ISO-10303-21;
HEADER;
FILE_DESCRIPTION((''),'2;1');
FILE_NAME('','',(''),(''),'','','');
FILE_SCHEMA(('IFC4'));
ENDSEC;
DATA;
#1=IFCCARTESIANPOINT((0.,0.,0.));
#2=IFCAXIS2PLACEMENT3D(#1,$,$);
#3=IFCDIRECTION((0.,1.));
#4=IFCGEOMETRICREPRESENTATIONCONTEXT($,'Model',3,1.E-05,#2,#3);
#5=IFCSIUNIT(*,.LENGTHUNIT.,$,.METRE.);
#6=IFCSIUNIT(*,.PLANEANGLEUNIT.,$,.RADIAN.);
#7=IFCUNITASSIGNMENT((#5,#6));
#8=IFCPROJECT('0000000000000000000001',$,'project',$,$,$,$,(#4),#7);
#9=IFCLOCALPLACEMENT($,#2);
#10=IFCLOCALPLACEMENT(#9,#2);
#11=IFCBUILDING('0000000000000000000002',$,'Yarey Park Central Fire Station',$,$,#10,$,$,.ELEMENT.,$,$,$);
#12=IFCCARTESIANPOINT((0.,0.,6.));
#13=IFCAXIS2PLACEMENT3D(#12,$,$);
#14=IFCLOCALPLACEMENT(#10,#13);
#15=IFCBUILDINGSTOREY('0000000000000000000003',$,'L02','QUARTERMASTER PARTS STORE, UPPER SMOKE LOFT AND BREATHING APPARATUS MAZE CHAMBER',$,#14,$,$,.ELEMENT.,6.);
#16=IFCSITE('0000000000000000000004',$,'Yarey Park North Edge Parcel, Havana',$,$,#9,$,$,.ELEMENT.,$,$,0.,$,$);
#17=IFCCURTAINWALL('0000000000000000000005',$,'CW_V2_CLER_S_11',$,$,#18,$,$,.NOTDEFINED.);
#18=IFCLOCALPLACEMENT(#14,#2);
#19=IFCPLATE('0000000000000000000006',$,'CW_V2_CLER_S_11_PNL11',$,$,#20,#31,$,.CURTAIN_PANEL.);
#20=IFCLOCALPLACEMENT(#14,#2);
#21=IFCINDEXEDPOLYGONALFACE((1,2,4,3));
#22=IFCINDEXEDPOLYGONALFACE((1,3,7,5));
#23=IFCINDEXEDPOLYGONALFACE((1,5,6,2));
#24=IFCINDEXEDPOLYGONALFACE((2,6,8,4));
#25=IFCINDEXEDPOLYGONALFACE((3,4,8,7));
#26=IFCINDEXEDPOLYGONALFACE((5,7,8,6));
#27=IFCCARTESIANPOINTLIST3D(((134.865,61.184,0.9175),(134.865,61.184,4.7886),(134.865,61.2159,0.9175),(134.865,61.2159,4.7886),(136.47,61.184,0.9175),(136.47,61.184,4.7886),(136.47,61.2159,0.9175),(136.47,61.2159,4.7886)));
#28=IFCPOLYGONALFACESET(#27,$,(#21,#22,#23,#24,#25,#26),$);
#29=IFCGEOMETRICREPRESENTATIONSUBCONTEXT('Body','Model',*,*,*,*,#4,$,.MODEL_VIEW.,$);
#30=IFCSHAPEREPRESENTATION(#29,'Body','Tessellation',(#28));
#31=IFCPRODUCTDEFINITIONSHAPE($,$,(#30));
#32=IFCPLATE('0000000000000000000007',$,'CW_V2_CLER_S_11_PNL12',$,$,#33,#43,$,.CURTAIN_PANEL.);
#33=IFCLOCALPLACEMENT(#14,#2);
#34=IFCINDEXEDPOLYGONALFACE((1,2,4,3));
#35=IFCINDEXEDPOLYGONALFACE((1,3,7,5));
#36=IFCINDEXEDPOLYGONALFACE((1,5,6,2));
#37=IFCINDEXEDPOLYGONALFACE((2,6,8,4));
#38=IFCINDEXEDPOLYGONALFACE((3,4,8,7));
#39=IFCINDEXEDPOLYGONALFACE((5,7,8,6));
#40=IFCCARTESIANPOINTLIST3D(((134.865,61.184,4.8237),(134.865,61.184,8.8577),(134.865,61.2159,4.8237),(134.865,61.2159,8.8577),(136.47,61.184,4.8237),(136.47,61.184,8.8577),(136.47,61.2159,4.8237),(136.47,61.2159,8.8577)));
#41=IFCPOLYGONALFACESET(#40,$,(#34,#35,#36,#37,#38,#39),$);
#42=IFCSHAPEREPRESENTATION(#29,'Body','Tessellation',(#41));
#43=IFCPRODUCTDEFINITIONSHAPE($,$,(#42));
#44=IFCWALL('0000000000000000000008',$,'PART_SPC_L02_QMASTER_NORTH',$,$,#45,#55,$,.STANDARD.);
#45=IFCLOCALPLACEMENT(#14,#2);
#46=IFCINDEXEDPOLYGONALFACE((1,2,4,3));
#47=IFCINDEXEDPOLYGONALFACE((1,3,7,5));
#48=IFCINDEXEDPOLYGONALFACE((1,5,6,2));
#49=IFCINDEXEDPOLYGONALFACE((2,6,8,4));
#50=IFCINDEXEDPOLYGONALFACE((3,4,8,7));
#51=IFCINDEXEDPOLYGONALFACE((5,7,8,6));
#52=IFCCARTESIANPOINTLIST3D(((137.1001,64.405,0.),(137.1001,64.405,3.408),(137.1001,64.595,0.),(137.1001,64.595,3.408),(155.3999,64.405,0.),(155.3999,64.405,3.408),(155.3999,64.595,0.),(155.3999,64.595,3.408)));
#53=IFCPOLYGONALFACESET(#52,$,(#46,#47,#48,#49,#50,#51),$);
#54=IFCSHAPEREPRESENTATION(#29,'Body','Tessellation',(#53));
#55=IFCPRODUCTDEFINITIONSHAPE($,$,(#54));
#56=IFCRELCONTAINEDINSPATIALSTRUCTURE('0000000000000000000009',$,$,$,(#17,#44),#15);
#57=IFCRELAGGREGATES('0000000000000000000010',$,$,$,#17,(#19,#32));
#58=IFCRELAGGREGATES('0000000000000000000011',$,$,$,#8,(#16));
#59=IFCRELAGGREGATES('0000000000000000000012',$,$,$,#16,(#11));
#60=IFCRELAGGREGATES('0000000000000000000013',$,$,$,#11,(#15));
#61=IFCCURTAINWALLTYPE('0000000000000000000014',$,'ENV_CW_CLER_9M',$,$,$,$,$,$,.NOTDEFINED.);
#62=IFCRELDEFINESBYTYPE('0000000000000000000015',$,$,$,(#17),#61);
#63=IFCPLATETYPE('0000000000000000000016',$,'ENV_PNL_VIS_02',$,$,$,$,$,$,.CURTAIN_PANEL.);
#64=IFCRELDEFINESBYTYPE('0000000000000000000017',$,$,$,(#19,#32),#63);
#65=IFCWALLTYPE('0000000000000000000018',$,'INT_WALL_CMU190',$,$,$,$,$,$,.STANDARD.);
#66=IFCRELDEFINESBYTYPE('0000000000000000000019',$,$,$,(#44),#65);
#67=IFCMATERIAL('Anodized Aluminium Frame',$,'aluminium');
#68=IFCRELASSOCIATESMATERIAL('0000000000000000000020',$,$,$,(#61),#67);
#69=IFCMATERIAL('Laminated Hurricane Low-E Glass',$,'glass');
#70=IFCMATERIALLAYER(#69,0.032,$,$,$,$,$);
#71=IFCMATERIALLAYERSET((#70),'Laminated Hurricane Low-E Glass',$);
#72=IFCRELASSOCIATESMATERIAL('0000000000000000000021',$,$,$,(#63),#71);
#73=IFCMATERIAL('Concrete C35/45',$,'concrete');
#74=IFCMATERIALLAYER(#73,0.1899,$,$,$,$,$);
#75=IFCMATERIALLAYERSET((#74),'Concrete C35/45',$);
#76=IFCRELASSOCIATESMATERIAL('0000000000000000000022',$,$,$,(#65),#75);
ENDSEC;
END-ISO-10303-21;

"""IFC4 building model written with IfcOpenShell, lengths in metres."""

from ifc_helpers import new_model, si_unit, direction, frame, frame_2d, origin, origin_2d, place, context, subcontext, project, spatial, rectangle, extrude, material, layer, layer_set, type_object, element, aggregate, save


model = new_model("IFC4")

# Units and contexts
model_context = context("Model", 3, precision=1e-05, world=origin(), true_north=direction((0.0, 1.0)))
body_context = subcontext(model_context, "Body", "Model", "MODEL_VIEW")
ifc_project = project(units=[si_unit("LENGTHUNIT", "METRE"), si_unit("PLANEANGLEUNIT", "RADIAN")], contexts=[model_context])

# Site, building, storey
site_placement = place(None, origin())
site = spatial("IfcSite", under=ifc_project, at=site_placement, Name="Yarey Park North Edge Parcel, Havana", CompositionType="ELEMENT", RefElevation=0.0)
building_placement = place(site_placement, origin())
building = spatial("IfcBuilding", under=site, at=building_placement, Name="Yarey Park Central Fire Station", CompositionType="ELEMENT")
storey_placement = place(building_placement, frame((0.0, 0.0, 6.0)))
storey = spatial("IfcBuildingStorey", under=building, at=storey_placement, Name="L02", Description="QUARTERMASTER PARTS STORE, UPPER SMOKE LOFT AND BREATHING APPARATUS MAZE CHAMBER", CompositionType="ELEMENT", Elevation=6.0)

# Curtain wall
ifc_material_1 = material(Name="Anodized Aluminium Frame", Category="aluminium")
curtain_wall_type = type_object("IfcCurtainWallType", Name="ENV_CW_CLER_9M", PredefinedType="NOTDEFINED", material=ifc_material_1)
curtain_wall_placement = place(storey_placement, origin())
curtain_wall = element("IfcCurtainWall", 1, at=curtain_wall_placement, inside=storey, type_object=curtain_wall_type, Name="CW_V2_CLER_S_11", PredefinedType="NOTDEFINED")

# Plates
ifc_material_2 = material(Name="Laminated Hurricane Low-E Glass", Category="glass")
ifc_layer_1 = layer(ifc_material_2, 0.032)
ifc_layer_set_1 = layer_set([ifc_layer_1], Name="Laminated Hurricane Low-E Glass")
plate_type_1 = type_object("IfcPlateType", Name="ENV_PNL_VIS_02", PredefinedType="CURTAIN_PANEL", material=ifc_layer_set_1)
plate_1_placement = place(storey_placement, frame((135.6675, 61.2, 0.9175), z_axis=(0.0, 0.0, 1.0), x_axis=(1.0, 0.0, 0.0)))
plate_1 = element("IfcPlate", 2, at=plate_1_placement, type_object=plate_type_1, Name="CW_V2_CLER_S_11_PNL11", PredefinedType="CURTAIN_PANEL", context=body_context, shape_type="SweptSolid", body=[
    extrude(rectangle(XDim=1.605, YDim=0.032, at=origin_2d()), origin(), (0.0, 0.0, 1.0), 3.8711),
])
plate_2_placement = place(storey_placement, frame((135.6675, 61.2, 4.8237), z_axis=(0.0, 0.0, 1.0), x_axis=(1.0, 0.0, 0.0)))
plate_2 = element("IfcPlate", 3, at=plate_2_placement, type_object=plate_type_1, Name="CW_V2_CLER_S_11_PNL12", PredefinedType="CURTAIN_PANEL", context=body_context, shape_type="SweptSolid", body=[
    extrude(rectangle(XDim=1.605, YDim=0.032, at=origin_2d()), origin(), (0.0, 0.0, 1.0), 4.0339),
])
aggregate(curtain_wall, [plate_1, plate_2])

# Wall
ifc_material_3 = material(Name="Concrete C35/45", Category="concrete")
ifc_layer_2 = layer(ifc_material_3, 0.1899)
ifc_layer_set_2 = layer_set([ifc_layer_2], Name="Concrete C35/45")
wall_type = type_object("IfcWallType", Name="INT_WALL_CMU190", PredefinedType="STANDARD", material=ifc_layer_set_2)
wall_placement = place(storey_placement, frame((155.3999, 64.5, 0.0), z_axis=(0.0, 0.0, 1.0), x_axis=(-1.0, 0.0, 0.0)))
element("IfcWall", 4, at=wall_placement, inside=storey, type_object=wall_type, Name="PART_SPC_L02_QMASTER_NORTH", PredefinedType="STANDARD", context=body_context, shape_type="SweptSolid", body=[
    extrude(rectangle(XDim=18.2998, YDim=0.1899, at=frame_2d((9.1499, 0.0))), origin(), (0.0, 0.0, 1.0), 3.408),
])

save(model, "model.ifc")
